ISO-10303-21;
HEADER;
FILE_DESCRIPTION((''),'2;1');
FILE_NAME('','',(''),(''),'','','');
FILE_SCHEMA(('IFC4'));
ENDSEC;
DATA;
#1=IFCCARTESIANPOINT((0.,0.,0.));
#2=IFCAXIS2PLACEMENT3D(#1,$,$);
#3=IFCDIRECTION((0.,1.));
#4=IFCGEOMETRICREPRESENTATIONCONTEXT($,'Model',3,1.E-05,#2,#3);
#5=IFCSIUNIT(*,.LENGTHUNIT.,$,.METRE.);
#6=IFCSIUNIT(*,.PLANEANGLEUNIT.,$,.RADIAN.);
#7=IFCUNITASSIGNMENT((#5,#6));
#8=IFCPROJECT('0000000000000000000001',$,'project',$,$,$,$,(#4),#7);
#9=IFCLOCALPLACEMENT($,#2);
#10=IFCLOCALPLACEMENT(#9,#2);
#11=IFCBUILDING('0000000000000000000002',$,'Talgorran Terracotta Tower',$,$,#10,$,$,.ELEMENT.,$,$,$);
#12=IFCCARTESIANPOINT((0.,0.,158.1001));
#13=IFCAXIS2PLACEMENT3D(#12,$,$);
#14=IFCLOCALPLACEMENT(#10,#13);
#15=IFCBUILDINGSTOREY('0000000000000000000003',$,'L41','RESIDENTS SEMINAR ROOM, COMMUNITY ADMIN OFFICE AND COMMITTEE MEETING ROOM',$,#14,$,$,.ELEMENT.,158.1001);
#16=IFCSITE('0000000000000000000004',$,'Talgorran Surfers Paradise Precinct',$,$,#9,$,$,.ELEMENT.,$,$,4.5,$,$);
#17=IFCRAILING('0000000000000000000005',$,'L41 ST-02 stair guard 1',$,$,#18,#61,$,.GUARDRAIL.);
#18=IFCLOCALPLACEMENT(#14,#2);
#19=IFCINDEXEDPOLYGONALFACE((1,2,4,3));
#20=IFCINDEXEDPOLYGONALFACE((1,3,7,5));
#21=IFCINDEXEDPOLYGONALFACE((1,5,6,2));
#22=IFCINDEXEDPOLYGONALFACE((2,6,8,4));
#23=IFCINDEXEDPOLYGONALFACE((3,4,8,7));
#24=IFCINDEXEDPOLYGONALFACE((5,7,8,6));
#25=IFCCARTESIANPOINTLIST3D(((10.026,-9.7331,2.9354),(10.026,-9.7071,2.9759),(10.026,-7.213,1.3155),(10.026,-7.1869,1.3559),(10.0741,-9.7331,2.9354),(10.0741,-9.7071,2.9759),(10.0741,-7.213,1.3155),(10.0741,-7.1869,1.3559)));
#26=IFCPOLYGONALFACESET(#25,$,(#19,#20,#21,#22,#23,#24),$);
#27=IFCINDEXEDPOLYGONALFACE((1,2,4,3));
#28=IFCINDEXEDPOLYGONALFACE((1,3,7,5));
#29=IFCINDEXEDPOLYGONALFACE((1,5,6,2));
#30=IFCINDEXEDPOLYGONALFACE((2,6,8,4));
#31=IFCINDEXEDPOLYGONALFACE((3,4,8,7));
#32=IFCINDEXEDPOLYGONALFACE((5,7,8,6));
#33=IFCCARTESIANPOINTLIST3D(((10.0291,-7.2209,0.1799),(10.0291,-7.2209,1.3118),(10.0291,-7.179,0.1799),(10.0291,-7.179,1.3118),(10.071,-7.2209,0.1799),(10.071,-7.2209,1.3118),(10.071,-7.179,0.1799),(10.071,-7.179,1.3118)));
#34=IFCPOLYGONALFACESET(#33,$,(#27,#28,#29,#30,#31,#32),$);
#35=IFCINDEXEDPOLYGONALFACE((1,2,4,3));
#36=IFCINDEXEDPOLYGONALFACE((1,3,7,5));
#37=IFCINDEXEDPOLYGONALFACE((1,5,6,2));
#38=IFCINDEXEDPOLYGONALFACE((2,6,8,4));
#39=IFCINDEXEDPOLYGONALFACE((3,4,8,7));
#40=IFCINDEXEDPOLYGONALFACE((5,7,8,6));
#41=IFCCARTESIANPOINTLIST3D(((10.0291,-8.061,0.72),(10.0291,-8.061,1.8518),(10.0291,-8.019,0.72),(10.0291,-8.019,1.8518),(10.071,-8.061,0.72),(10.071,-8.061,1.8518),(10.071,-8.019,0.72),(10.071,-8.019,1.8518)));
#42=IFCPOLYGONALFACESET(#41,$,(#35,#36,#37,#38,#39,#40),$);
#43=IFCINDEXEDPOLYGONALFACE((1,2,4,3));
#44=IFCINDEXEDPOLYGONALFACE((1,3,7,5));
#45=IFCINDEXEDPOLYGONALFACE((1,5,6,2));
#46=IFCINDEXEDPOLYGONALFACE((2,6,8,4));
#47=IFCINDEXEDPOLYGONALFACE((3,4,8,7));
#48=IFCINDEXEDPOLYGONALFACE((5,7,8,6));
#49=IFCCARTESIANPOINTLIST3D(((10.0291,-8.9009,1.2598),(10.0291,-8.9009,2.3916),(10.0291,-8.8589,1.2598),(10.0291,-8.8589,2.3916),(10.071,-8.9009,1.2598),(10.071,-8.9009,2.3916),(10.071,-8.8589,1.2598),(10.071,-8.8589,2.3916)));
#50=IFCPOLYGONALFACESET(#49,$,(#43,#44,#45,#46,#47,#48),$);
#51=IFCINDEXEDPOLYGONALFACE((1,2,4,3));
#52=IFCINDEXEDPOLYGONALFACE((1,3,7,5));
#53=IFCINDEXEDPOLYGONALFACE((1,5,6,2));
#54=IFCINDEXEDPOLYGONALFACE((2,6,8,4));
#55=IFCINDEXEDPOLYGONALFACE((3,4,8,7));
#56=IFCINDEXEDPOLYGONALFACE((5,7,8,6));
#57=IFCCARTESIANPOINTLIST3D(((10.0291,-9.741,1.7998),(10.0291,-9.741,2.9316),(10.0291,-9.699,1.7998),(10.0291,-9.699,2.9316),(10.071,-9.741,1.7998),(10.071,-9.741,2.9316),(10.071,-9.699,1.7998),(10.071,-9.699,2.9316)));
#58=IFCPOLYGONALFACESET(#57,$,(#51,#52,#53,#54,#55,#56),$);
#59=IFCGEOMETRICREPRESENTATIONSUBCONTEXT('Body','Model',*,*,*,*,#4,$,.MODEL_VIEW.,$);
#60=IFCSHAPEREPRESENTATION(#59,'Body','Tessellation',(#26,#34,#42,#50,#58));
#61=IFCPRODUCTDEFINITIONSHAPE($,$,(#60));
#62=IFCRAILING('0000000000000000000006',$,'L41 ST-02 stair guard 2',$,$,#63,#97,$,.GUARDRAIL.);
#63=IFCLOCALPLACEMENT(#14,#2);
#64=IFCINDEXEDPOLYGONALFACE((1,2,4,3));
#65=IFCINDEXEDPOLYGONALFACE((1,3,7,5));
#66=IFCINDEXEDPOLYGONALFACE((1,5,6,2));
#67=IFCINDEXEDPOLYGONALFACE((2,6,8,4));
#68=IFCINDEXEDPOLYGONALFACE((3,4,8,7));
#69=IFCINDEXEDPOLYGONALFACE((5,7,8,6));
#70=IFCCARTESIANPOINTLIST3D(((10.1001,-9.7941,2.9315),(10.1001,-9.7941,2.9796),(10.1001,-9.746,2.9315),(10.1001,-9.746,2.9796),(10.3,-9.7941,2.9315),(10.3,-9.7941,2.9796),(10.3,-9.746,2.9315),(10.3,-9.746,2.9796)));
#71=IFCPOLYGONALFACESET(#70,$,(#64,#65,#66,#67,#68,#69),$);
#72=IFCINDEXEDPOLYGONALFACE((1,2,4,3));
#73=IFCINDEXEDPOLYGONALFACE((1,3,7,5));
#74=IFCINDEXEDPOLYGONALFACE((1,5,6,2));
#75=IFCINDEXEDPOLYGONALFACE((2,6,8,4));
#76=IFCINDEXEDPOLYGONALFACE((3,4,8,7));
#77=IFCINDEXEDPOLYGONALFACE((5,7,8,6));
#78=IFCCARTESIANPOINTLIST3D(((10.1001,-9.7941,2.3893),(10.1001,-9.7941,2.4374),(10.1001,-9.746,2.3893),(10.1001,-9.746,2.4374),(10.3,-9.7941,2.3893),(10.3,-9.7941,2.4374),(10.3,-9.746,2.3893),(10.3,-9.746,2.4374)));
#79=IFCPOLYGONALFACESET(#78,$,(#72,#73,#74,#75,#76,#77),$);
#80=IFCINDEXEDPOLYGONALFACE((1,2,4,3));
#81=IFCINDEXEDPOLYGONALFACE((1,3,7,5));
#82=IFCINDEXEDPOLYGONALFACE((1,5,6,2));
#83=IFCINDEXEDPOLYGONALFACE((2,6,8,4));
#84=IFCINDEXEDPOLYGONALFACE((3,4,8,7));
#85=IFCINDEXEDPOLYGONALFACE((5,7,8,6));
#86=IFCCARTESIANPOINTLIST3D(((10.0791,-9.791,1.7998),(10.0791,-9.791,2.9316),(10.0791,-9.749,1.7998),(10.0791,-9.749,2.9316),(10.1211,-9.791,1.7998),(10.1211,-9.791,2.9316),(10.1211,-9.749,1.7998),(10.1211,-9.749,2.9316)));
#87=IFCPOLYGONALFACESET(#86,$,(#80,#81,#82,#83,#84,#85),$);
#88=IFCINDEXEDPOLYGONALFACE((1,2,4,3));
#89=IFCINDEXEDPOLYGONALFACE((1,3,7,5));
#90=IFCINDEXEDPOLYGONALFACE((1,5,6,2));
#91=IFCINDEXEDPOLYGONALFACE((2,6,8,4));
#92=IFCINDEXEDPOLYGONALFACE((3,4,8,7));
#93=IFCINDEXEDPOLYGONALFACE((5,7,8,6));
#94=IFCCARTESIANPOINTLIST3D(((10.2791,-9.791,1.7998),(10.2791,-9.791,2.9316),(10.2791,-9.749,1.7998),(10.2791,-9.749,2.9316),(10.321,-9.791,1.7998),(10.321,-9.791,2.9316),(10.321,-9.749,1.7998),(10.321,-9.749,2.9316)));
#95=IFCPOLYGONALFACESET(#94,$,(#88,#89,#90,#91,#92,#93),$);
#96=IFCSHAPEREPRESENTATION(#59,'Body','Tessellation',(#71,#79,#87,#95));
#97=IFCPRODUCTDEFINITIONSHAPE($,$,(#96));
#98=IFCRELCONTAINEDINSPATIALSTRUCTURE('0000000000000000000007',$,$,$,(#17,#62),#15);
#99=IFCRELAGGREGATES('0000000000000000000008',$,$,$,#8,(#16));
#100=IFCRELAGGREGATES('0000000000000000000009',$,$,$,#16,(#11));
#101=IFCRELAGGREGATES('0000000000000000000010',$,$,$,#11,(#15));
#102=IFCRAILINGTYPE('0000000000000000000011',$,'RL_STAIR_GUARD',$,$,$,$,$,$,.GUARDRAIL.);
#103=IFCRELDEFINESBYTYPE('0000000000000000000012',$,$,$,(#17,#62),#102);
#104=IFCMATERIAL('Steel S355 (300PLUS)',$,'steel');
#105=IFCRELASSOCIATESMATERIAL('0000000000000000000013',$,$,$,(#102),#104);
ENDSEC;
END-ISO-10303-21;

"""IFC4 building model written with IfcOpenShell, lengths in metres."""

from ifc_helpers import new_model, si_unit, direction, frame, origin, origin_2d, place, context, subcontext, project, spatial, rectangle, extrude, material, type_object, element, save


model = new_model("IFC4")

# Units and contexts
model_context = context("Model", 3, precision=1e-05, world=origin(), true_north=direction((0.0, 1.0)))
body_context = subcontext(model_context, "Body", "Model", "MODEL_VIEW")
ifc_project = project(units=[si_unit("LENGTHUNIT", "METRE"), si_unit("PLANEANGLEUNIT", "RADIAN")], contexts=[model_context])

# Site, building, storey
site_placement = place(None, origin())
site = spatial("IfcSite", under=ifc_project, at=site_placement, Name="Talgorran Surfers Paradise Precinct", CompositionType="ELEMENT", RefElevation=4.5)
building_placement = place(site_placement, origin())
building = spatial("IfcBuilding", under=site, at=building_placement, Name="Talgorran Terracotta Tower", CompositionType="ELEMENT")
storey_placement = place(building_placement, frame((0.0, 0.0, 158.1001)))
storey = spatial("IfcBuildingStorey", under=building, at=storey_placement, Name="L41", Description="RESIDENTS SEMINAR ROOM, COMMUNITY ADMIN OFFICE AND COMMITTEE MEETING ROOM", CompositionType="ELEMENT", Elevation=158.1001)

# Shared definitions
ifc_material_1 = material(Name="Steel S355 (300PLUS)", Category="steel")

# Railings
railing_type_1 = type_object("IfcRailingType", Name="RL_STAIR_GUARD", PredefinedType="GUARDRAIL", material=ifc_material_1)
railing_1_placement = place(storey_placement, frame((10.05, -7.2, 0.1799)))
element("IfcRailing", 1, at=railing_1_placement, inside=storey, type_object=railing_type_1, Name="L41 ST-02 stair guard 1", PredefinedType="GUARDRAIL", context=body_context, shape_type="SweptSolid", body=[
    extrude(rectangle(XDim=0.0481, YDim=0.0481, at=origin_2d()), frame((0.0, 0.0, 1.1558), z_axis=(0.0, -0.8412, 0.540725), x_axis=(1.0, 0.0, 0.0)), (0.0, 0.0, 1.0), 2.9958),
    extrude(rectangle(XDim=0.042, YDim=0.042, at=origin_2d()), origin(), (0.0, 0.0, 1.0), 1.1318),
    extrude(rectangle(XDim=0.042, YDim=0.042, at=origin_2d()), frame((0.0, -0.8401, 0.54)), (0.0, 0.0, 1.0), 1.1318),
    extrude(rectangle(XDim=0.042, YDim=0.042, at=origin_2d()), frame((0.0, -1.6799, 1.0798)), (0.0, 0.0, 1.0), 1.1318),
    extrude(rectangle(XDim=0.042, YDim=0.042, at=origin_2d()), frame((0.0, -2.52, 1.6199)), (0.0, 0.0, 1.0), 1.1318),
])
railing_2_placement = place(storey_placement, frame((10.1001, -9.77, 1.7998)))
element("IfcRailing", 2, at=railing_2_placement, inside=storey, type_object=railing_type_1, Name="L41 ST-02 stair guard 2", PredefinedType="GUARDRAIL", context=body_context, shape_type="SweptSolid", body=[
    extrude(rectangle(XDim=0.0481, YDim=0.0481, at=origin_2d()), frame((0.0, 0.0, 1.1558), z_axis=(1.0, 0.0, 0.0), x_axis=(0.0, 1.0, 0.0)), (0.0, 0.0, 1.0), 0.2),
    extrude(rectangle(XDim=0.0481, YDim=0.0481, at=origin_2d()), frame((0.0, 0.0, 0.6135), z_axis=(1.0, 0.0, 0.0), x_axis=(0.0, 1.0, 0.0)), (0.0, 0.0, 1.0), 0.2),
    extrude(rectangle(XDim=0.042, YDim=0.042, at=origin_2d()), origin(), (0.0, 0.0, 1.0), 1.1318),
    extrude(rectangle(XDim=0.042, YDim=0.042, at=origin_2d()), frame((0.2, 0.0, 0.0)), (0.0, 0.0, 1.0), 1.1318),
])

save(model, "model.ifc")
